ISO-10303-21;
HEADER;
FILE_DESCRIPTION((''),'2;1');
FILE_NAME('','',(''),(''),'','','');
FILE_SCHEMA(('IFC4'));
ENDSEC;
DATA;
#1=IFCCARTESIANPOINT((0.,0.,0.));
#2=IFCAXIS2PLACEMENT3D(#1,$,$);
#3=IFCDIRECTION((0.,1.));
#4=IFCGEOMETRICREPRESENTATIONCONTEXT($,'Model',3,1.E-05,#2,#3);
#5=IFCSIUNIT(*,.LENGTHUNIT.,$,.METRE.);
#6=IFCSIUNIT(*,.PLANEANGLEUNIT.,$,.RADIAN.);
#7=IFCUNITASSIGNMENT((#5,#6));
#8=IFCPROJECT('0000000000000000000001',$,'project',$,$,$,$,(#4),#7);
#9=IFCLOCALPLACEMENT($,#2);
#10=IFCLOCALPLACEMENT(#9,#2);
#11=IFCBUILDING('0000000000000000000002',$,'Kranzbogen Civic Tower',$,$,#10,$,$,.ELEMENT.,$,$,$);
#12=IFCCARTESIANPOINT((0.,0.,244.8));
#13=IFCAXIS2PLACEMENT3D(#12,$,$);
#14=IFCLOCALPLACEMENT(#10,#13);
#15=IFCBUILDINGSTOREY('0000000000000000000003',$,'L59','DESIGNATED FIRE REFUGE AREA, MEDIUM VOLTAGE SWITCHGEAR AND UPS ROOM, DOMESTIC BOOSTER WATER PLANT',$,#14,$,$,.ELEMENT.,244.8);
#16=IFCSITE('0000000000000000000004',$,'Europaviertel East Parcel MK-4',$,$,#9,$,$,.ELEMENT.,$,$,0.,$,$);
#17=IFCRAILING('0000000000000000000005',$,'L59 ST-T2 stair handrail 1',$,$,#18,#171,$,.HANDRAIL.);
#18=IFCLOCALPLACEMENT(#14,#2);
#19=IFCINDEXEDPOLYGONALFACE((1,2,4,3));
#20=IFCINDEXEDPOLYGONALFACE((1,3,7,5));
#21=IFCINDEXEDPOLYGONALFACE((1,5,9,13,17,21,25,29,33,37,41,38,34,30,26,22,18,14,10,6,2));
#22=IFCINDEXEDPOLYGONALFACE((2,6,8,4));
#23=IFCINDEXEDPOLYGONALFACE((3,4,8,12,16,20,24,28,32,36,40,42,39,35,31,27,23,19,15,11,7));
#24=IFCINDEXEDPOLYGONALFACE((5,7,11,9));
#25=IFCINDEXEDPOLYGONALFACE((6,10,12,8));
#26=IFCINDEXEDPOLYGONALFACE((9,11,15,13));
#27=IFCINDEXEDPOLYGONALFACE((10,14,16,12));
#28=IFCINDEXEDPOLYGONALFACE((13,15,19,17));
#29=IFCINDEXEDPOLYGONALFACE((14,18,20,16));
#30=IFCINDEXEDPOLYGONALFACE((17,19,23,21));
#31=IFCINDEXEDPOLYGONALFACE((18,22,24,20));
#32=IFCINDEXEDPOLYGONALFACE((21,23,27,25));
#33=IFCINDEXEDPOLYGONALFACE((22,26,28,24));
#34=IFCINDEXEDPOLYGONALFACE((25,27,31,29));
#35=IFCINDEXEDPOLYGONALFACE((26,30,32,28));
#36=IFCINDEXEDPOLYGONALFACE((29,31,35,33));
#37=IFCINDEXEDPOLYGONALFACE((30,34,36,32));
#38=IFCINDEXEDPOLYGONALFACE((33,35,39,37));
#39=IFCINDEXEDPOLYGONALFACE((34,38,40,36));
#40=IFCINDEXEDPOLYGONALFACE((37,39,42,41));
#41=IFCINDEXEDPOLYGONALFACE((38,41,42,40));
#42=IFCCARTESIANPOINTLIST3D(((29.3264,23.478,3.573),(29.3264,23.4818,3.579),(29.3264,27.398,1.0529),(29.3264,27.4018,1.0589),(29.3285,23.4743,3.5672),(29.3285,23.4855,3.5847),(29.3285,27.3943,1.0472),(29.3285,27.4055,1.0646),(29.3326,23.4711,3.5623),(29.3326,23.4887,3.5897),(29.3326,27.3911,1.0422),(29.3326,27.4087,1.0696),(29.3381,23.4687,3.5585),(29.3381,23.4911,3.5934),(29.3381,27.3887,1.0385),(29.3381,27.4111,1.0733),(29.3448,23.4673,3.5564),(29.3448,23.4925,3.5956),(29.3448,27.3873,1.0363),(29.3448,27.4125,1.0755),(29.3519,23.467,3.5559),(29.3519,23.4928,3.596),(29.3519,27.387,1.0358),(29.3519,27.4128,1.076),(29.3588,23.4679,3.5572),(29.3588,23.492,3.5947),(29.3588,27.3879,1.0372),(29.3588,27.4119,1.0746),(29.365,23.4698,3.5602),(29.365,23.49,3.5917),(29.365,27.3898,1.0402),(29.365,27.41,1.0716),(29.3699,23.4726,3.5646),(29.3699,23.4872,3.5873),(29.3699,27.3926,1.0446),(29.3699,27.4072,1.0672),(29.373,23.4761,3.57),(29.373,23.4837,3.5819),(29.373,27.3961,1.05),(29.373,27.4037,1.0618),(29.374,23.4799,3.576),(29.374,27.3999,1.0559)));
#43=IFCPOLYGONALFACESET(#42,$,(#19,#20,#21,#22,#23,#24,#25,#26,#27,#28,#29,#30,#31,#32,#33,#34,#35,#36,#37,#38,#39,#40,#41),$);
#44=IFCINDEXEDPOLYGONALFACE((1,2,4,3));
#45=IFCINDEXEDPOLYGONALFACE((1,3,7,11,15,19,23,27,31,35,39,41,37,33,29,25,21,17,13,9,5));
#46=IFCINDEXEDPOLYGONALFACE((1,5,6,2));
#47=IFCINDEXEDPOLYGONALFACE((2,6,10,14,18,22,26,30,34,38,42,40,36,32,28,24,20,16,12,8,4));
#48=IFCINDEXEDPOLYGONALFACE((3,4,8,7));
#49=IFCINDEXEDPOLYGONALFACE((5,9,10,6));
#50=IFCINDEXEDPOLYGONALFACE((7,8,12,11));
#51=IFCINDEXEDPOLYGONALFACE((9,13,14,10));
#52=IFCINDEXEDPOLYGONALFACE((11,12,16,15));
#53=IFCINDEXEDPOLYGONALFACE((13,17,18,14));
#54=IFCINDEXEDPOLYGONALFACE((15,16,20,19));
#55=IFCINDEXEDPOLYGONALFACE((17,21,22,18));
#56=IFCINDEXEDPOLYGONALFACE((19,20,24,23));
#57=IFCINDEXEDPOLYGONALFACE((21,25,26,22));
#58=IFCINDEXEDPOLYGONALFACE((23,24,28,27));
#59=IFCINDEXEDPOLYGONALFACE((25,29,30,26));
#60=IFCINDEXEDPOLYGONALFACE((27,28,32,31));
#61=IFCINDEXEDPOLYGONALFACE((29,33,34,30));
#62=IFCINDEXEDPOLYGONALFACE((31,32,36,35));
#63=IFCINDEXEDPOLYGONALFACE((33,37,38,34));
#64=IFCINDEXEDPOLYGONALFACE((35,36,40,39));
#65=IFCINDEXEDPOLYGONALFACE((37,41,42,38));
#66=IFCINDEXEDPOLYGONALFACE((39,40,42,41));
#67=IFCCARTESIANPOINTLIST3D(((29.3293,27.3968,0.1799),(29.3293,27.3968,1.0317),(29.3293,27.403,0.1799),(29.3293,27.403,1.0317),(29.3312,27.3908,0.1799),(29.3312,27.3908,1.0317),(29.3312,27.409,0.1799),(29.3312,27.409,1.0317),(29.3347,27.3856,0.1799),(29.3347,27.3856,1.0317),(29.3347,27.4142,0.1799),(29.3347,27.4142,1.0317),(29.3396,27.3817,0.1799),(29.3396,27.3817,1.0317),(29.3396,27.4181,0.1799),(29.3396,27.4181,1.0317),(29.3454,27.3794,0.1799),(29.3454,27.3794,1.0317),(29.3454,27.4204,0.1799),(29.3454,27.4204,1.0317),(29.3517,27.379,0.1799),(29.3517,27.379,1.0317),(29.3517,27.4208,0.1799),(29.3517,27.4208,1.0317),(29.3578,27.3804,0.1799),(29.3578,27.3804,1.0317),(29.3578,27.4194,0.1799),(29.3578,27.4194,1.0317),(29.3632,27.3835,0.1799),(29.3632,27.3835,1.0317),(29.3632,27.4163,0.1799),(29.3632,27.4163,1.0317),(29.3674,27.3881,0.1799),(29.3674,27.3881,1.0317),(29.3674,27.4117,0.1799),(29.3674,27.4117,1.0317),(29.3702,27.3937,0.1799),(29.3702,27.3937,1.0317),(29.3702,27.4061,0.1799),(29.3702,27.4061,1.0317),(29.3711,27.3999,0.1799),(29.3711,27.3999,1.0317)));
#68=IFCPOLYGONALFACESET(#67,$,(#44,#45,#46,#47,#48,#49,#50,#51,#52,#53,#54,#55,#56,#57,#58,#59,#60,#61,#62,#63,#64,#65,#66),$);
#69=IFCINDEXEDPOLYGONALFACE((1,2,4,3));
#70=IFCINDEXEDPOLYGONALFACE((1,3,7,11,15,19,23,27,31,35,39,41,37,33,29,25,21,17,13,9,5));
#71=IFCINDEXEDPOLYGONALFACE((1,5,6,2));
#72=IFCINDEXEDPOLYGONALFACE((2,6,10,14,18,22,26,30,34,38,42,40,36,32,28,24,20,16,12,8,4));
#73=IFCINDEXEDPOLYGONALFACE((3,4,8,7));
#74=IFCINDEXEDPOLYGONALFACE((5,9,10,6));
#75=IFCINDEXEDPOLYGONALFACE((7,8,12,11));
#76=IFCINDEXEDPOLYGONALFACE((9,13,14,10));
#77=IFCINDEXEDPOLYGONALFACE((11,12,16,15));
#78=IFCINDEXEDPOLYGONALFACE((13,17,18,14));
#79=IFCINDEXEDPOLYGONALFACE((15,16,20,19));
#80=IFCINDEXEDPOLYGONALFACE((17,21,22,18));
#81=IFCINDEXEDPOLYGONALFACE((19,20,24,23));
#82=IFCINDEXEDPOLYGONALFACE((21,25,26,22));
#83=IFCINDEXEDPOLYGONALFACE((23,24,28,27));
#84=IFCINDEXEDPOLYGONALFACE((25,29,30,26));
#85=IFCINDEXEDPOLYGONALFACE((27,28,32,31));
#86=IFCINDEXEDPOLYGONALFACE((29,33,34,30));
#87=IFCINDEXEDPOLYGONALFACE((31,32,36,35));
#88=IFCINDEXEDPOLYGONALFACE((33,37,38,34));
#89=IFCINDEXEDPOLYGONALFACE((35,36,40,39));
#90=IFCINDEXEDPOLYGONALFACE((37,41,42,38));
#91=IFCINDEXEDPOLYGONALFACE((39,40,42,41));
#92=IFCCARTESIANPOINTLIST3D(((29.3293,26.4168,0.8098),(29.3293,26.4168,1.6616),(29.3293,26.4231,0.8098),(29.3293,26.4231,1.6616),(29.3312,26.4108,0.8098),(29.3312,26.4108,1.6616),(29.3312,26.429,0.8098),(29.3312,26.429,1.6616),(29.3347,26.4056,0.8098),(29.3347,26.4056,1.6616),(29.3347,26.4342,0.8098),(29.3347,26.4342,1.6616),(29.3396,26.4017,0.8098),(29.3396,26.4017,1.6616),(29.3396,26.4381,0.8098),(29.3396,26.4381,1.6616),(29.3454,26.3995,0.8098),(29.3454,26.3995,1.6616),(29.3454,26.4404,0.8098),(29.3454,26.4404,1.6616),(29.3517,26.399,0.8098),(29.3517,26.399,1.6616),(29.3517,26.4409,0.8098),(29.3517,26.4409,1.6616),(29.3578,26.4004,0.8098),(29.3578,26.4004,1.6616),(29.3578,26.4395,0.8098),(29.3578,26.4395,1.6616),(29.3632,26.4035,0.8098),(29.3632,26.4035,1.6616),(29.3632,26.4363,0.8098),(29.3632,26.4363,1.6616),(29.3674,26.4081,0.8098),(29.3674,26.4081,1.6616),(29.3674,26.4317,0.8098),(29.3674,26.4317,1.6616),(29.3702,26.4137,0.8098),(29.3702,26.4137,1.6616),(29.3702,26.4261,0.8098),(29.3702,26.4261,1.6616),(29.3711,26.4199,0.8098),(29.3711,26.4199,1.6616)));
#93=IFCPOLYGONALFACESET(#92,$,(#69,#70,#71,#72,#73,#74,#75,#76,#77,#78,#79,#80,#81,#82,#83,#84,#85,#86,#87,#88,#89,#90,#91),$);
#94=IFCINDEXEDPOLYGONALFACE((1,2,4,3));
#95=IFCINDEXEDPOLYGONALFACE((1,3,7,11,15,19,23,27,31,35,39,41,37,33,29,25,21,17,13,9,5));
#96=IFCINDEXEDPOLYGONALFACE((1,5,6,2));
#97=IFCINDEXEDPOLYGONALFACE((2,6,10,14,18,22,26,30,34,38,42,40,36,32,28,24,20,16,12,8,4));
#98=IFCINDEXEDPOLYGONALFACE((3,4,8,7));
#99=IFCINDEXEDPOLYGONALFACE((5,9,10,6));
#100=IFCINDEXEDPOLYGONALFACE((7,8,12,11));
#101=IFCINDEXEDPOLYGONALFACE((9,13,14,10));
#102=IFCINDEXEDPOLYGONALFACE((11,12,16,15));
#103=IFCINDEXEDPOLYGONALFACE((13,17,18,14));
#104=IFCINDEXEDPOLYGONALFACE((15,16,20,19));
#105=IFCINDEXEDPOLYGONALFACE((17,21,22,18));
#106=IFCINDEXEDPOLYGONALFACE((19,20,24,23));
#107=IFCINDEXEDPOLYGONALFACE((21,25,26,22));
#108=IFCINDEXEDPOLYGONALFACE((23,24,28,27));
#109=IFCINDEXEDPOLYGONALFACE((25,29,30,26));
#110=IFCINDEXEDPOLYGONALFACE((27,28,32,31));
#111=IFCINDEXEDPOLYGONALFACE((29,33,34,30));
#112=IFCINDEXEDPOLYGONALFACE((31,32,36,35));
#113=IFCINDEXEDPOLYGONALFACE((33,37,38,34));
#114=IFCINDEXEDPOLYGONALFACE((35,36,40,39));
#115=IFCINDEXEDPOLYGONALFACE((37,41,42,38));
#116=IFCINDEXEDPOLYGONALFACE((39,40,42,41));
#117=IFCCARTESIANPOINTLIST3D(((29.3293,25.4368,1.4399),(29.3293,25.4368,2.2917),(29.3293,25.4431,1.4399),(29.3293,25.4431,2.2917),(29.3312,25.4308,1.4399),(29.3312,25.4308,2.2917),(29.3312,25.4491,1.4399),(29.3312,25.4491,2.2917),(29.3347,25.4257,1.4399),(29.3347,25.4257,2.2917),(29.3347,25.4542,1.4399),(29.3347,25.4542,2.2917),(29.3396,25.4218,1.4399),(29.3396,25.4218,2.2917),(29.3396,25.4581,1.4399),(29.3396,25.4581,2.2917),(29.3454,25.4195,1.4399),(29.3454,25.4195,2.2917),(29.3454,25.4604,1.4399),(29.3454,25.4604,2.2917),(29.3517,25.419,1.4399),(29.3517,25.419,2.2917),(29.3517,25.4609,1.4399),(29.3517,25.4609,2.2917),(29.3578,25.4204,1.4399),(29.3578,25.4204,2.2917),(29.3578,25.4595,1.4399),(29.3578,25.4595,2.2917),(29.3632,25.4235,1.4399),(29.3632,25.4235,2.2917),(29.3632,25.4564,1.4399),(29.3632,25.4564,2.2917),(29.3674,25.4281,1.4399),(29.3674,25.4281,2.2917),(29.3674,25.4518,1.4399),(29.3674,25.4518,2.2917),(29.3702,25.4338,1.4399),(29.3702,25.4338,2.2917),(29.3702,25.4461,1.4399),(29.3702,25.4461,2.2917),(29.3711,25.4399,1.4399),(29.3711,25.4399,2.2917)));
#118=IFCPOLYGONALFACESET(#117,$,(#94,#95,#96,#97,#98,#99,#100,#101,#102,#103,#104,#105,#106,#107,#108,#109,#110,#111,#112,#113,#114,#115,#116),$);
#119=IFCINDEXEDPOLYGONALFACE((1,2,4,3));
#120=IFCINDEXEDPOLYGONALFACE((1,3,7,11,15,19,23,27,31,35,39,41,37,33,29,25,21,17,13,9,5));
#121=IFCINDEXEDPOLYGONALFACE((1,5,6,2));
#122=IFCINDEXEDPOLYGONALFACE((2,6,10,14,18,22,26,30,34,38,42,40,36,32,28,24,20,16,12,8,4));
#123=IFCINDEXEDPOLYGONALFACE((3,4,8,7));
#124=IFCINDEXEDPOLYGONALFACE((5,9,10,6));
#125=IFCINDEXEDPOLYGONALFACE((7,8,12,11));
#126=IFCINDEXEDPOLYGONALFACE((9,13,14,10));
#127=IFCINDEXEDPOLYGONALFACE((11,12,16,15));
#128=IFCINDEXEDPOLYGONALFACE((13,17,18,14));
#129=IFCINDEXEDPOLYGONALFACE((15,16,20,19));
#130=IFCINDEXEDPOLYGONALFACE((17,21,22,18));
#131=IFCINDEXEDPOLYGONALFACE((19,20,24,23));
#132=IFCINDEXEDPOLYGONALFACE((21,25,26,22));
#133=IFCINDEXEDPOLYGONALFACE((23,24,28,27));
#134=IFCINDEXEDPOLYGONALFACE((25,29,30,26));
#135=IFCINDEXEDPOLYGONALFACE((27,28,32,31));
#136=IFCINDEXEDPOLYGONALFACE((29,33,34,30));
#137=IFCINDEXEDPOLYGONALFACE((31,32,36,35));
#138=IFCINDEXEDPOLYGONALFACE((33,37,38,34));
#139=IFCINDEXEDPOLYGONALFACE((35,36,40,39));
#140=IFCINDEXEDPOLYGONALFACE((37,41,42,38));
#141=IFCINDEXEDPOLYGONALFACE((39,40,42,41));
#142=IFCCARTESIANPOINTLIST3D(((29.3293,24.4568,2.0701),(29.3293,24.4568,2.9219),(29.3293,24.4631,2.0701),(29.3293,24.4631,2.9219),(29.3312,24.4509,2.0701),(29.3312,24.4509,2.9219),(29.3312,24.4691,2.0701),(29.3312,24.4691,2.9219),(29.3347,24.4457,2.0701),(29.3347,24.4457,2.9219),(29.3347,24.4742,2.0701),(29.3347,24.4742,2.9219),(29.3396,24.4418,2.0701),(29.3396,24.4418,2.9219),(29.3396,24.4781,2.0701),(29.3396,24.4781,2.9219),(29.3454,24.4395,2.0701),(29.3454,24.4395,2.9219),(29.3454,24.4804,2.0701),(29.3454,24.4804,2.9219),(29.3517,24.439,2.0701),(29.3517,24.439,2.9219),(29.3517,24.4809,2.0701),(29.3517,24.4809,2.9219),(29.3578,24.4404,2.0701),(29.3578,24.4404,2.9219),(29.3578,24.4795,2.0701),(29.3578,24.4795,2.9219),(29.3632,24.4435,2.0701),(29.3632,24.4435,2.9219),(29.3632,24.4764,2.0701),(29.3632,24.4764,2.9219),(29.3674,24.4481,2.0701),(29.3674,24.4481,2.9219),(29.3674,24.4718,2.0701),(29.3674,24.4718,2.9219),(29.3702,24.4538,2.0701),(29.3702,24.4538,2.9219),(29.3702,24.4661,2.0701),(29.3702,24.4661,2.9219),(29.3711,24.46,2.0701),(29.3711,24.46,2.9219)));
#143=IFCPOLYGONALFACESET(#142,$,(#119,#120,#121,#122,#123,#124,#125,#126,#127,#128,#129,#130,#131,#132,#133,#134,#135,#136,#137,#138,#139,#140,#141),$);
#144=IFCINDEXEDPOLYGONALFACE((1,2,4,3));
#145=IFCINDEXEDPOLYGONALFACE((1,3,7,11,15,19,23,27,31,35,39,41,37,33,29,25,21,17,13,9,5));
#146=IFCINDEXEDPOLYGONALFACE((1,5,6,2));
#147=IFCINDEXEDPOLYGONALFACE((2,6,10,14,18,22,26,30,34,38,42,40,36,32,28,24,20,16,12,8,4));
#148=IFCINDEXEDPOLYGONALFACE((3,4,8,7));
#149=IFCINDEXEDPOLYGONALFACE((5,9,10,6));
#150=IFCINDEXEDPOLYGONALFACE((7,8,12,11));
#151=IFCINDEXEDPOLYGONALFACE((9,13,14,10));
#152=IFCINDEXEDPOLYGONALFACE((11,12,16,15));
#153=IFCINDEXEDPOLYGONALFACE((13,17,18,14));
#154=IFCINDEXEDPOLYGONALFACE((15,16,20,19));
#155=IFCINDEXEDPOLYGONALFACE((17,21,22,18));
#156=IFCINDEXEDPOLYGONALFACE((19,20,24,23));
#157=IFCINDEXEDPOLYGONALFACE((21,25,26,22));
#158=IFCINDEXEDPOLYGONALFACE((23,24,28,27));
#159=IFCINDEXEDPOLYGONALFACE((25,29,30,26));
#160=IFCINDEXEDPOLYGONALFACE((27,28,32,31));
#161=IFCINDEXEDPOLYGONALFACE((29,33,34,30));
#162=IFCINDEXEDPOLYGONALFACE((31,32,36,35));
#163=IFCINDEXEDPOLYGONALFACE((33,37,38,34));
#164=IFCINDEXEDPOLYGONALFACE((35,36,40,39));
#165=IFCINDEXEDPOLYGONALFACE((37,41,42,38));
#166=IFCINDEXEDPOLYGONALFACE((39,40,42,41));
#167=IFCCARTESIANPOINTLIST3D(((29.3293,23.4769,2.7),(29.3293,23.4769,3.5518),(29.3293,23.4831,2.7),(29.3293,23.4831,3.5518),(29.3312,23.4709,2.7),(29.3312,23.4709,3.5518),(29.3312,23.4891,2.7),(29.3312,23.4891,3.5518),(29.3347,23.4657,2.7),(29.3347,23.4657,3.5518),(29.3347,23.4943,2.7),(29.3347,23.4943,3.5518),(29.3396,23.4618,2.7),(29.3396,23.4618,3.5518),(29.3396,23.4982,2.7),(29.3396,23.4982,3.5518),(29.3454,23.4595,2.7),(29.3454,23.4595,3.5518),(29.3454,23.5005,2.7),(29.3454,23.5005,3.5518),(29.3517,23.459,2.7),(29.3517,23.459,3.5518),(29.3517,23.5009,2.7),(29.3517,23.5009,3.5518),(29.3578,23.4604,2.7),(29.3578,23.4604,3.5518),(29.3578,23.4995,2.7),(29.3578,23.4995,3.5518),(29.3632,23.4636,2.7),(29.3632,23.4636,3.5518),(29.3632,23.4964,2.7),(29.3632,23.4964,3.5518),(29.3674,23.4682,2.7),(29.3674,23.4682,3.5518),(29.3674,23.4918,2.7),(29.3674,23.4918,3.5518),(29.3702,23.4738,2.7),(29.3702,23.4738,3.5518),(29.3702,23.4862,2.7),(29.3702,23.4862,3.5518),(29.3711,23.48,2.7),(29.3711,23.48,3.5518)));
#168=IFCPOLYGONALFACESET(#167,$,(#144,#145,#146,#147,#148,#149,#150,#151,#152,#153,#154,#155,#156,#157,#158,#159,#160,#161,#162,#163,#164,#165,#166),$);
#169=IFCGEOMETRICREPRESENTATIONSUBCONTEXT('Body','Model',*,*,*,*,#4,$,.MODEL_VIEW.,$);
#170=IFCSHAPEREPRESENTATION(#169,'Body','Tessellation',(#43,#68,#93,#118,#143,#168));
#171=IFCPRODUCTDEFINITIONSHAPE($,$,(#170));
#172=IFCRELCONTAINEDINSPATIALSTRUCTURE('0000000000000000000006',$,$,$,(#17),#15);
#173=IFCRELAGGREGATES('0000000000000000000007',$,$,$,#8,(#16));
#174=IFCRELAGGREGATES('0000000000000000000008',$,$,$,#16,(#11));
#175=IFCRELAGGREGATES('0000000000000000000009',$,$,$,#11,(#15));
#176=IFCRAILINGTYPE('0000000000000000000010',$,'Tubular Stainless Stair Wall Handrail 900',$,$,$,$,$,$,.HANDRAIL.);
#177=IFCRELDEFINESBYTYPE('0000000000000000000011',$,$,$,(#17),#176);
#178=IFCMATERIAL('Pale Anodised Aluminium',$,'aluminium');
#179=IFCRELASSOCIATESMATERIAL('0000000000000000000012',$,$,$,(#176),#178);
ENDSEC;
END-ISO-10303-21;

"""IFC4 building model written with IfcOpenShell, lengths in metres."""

from ifc_helpers import new_model, si_unit, direction, frame, origin, origin_2d, place, context, subcontext, project, spatial, circle, extrude, material, type_object, element, save


model = new_model("IFC4")

# Units and contexts
model_context = context("Model", 3, precision=1e-05, world=origin(), true_north=direction((0.0, 1.0)))
body_context = subcontext(model_context, "Body", "Model", "MODEL_VIEW")
ifc_project = project(units=[si_unit("LENGTHUNIT", "METRE"), si_unit("PLANEANGLEUNIT", "RADIAN")], contexts=[model_context])

# Site, building, storey
site_placement = place(None, origin())
site = spatial("IfcSite", under=ifc_project, at=site_placement, Name="Europaviertel East Parcel MK-4", CompositionType="ELEMENT", RefElevation=0.0)
building_placement = place(site_placement, origin())
building = spatial("IfcBuilding", under=site, at=building_placement, Name="Kranzbogen Civic Tower", CompositionType="ELEMENT")
storey_placement = place(building_placement, frame((0.0, 0.0, 244.8)))
storey = spatial("IfcBuildingStorey", under=building, at=storey_placement, Name="L59", Description="DESIGNATED FIRE REFUGE AREA, MEDIUM VOLTAGE SWITCHGEAR AND UPS ROOM, DOMESTIC BOOSTER WATER PLANT", CompositionType="ELEMENT", Elevation=244.8)

# Shared definitions
ifc_material_1 = material(Name="Pale Anodised Aluminium", Category="aluminium")

# Railing
railing_type_1 = type_object("IfcRailingType", Name="Tubular Stainless Stair Wall Handrail 900", PredefinedType="HANDRAIL", material=ifc_material_1)
railing_1_placement = place(storey_placement, frame((29.3501, 27.3999, 0.1799)))
element("IfcRailing", 1, at=railing_1_placement, inside=storey, type_object=railing_type_1, Name="L59 ST-T2 stair handrail 1", PredefinedType="HANDRAIL", context=body_context, shape_type="SweptSolid", body=[
    extrude(circle(Radius=0.0239, at=origin_2d()), frame((0.0, 0.0, 0.876), z_axis=(0.0, -0.841172, 0.540768), x_axis=(1.0, 0.0, 0.0)), (0.0, 0.0, 1.0), 4.6602),
    extrude(circle(Radius=0.021, at=origin_2d()), origin(), (0.0, 0.0, 1.0), 0.8518),
    extrude(circle(Radius=0.021, at=origin_2d()), frame((0.0, -0.98, 0.6299)), (0.0, 0.0, 1.0), 0.8518),
    extrude(circle(Radius=0.021, at=origin_2d()), frame((0.0, -1.96, 1.26)), (0.0, 0.0, 1.0), 0.8518),
    extrude(circle(Radius=0.021, at=origin_2d()), frame((0.0, -2.9399, 1.8901)), (0.0, 0.0, 1.0), 0.8518),
    extrude(circle(Radius=0.021, at=origin_2d()), frame((0.0, -3.9199, 2.52)), (0.0, 0.0, 1.0), 0.8518),
])

save(model, "model.ifc")
